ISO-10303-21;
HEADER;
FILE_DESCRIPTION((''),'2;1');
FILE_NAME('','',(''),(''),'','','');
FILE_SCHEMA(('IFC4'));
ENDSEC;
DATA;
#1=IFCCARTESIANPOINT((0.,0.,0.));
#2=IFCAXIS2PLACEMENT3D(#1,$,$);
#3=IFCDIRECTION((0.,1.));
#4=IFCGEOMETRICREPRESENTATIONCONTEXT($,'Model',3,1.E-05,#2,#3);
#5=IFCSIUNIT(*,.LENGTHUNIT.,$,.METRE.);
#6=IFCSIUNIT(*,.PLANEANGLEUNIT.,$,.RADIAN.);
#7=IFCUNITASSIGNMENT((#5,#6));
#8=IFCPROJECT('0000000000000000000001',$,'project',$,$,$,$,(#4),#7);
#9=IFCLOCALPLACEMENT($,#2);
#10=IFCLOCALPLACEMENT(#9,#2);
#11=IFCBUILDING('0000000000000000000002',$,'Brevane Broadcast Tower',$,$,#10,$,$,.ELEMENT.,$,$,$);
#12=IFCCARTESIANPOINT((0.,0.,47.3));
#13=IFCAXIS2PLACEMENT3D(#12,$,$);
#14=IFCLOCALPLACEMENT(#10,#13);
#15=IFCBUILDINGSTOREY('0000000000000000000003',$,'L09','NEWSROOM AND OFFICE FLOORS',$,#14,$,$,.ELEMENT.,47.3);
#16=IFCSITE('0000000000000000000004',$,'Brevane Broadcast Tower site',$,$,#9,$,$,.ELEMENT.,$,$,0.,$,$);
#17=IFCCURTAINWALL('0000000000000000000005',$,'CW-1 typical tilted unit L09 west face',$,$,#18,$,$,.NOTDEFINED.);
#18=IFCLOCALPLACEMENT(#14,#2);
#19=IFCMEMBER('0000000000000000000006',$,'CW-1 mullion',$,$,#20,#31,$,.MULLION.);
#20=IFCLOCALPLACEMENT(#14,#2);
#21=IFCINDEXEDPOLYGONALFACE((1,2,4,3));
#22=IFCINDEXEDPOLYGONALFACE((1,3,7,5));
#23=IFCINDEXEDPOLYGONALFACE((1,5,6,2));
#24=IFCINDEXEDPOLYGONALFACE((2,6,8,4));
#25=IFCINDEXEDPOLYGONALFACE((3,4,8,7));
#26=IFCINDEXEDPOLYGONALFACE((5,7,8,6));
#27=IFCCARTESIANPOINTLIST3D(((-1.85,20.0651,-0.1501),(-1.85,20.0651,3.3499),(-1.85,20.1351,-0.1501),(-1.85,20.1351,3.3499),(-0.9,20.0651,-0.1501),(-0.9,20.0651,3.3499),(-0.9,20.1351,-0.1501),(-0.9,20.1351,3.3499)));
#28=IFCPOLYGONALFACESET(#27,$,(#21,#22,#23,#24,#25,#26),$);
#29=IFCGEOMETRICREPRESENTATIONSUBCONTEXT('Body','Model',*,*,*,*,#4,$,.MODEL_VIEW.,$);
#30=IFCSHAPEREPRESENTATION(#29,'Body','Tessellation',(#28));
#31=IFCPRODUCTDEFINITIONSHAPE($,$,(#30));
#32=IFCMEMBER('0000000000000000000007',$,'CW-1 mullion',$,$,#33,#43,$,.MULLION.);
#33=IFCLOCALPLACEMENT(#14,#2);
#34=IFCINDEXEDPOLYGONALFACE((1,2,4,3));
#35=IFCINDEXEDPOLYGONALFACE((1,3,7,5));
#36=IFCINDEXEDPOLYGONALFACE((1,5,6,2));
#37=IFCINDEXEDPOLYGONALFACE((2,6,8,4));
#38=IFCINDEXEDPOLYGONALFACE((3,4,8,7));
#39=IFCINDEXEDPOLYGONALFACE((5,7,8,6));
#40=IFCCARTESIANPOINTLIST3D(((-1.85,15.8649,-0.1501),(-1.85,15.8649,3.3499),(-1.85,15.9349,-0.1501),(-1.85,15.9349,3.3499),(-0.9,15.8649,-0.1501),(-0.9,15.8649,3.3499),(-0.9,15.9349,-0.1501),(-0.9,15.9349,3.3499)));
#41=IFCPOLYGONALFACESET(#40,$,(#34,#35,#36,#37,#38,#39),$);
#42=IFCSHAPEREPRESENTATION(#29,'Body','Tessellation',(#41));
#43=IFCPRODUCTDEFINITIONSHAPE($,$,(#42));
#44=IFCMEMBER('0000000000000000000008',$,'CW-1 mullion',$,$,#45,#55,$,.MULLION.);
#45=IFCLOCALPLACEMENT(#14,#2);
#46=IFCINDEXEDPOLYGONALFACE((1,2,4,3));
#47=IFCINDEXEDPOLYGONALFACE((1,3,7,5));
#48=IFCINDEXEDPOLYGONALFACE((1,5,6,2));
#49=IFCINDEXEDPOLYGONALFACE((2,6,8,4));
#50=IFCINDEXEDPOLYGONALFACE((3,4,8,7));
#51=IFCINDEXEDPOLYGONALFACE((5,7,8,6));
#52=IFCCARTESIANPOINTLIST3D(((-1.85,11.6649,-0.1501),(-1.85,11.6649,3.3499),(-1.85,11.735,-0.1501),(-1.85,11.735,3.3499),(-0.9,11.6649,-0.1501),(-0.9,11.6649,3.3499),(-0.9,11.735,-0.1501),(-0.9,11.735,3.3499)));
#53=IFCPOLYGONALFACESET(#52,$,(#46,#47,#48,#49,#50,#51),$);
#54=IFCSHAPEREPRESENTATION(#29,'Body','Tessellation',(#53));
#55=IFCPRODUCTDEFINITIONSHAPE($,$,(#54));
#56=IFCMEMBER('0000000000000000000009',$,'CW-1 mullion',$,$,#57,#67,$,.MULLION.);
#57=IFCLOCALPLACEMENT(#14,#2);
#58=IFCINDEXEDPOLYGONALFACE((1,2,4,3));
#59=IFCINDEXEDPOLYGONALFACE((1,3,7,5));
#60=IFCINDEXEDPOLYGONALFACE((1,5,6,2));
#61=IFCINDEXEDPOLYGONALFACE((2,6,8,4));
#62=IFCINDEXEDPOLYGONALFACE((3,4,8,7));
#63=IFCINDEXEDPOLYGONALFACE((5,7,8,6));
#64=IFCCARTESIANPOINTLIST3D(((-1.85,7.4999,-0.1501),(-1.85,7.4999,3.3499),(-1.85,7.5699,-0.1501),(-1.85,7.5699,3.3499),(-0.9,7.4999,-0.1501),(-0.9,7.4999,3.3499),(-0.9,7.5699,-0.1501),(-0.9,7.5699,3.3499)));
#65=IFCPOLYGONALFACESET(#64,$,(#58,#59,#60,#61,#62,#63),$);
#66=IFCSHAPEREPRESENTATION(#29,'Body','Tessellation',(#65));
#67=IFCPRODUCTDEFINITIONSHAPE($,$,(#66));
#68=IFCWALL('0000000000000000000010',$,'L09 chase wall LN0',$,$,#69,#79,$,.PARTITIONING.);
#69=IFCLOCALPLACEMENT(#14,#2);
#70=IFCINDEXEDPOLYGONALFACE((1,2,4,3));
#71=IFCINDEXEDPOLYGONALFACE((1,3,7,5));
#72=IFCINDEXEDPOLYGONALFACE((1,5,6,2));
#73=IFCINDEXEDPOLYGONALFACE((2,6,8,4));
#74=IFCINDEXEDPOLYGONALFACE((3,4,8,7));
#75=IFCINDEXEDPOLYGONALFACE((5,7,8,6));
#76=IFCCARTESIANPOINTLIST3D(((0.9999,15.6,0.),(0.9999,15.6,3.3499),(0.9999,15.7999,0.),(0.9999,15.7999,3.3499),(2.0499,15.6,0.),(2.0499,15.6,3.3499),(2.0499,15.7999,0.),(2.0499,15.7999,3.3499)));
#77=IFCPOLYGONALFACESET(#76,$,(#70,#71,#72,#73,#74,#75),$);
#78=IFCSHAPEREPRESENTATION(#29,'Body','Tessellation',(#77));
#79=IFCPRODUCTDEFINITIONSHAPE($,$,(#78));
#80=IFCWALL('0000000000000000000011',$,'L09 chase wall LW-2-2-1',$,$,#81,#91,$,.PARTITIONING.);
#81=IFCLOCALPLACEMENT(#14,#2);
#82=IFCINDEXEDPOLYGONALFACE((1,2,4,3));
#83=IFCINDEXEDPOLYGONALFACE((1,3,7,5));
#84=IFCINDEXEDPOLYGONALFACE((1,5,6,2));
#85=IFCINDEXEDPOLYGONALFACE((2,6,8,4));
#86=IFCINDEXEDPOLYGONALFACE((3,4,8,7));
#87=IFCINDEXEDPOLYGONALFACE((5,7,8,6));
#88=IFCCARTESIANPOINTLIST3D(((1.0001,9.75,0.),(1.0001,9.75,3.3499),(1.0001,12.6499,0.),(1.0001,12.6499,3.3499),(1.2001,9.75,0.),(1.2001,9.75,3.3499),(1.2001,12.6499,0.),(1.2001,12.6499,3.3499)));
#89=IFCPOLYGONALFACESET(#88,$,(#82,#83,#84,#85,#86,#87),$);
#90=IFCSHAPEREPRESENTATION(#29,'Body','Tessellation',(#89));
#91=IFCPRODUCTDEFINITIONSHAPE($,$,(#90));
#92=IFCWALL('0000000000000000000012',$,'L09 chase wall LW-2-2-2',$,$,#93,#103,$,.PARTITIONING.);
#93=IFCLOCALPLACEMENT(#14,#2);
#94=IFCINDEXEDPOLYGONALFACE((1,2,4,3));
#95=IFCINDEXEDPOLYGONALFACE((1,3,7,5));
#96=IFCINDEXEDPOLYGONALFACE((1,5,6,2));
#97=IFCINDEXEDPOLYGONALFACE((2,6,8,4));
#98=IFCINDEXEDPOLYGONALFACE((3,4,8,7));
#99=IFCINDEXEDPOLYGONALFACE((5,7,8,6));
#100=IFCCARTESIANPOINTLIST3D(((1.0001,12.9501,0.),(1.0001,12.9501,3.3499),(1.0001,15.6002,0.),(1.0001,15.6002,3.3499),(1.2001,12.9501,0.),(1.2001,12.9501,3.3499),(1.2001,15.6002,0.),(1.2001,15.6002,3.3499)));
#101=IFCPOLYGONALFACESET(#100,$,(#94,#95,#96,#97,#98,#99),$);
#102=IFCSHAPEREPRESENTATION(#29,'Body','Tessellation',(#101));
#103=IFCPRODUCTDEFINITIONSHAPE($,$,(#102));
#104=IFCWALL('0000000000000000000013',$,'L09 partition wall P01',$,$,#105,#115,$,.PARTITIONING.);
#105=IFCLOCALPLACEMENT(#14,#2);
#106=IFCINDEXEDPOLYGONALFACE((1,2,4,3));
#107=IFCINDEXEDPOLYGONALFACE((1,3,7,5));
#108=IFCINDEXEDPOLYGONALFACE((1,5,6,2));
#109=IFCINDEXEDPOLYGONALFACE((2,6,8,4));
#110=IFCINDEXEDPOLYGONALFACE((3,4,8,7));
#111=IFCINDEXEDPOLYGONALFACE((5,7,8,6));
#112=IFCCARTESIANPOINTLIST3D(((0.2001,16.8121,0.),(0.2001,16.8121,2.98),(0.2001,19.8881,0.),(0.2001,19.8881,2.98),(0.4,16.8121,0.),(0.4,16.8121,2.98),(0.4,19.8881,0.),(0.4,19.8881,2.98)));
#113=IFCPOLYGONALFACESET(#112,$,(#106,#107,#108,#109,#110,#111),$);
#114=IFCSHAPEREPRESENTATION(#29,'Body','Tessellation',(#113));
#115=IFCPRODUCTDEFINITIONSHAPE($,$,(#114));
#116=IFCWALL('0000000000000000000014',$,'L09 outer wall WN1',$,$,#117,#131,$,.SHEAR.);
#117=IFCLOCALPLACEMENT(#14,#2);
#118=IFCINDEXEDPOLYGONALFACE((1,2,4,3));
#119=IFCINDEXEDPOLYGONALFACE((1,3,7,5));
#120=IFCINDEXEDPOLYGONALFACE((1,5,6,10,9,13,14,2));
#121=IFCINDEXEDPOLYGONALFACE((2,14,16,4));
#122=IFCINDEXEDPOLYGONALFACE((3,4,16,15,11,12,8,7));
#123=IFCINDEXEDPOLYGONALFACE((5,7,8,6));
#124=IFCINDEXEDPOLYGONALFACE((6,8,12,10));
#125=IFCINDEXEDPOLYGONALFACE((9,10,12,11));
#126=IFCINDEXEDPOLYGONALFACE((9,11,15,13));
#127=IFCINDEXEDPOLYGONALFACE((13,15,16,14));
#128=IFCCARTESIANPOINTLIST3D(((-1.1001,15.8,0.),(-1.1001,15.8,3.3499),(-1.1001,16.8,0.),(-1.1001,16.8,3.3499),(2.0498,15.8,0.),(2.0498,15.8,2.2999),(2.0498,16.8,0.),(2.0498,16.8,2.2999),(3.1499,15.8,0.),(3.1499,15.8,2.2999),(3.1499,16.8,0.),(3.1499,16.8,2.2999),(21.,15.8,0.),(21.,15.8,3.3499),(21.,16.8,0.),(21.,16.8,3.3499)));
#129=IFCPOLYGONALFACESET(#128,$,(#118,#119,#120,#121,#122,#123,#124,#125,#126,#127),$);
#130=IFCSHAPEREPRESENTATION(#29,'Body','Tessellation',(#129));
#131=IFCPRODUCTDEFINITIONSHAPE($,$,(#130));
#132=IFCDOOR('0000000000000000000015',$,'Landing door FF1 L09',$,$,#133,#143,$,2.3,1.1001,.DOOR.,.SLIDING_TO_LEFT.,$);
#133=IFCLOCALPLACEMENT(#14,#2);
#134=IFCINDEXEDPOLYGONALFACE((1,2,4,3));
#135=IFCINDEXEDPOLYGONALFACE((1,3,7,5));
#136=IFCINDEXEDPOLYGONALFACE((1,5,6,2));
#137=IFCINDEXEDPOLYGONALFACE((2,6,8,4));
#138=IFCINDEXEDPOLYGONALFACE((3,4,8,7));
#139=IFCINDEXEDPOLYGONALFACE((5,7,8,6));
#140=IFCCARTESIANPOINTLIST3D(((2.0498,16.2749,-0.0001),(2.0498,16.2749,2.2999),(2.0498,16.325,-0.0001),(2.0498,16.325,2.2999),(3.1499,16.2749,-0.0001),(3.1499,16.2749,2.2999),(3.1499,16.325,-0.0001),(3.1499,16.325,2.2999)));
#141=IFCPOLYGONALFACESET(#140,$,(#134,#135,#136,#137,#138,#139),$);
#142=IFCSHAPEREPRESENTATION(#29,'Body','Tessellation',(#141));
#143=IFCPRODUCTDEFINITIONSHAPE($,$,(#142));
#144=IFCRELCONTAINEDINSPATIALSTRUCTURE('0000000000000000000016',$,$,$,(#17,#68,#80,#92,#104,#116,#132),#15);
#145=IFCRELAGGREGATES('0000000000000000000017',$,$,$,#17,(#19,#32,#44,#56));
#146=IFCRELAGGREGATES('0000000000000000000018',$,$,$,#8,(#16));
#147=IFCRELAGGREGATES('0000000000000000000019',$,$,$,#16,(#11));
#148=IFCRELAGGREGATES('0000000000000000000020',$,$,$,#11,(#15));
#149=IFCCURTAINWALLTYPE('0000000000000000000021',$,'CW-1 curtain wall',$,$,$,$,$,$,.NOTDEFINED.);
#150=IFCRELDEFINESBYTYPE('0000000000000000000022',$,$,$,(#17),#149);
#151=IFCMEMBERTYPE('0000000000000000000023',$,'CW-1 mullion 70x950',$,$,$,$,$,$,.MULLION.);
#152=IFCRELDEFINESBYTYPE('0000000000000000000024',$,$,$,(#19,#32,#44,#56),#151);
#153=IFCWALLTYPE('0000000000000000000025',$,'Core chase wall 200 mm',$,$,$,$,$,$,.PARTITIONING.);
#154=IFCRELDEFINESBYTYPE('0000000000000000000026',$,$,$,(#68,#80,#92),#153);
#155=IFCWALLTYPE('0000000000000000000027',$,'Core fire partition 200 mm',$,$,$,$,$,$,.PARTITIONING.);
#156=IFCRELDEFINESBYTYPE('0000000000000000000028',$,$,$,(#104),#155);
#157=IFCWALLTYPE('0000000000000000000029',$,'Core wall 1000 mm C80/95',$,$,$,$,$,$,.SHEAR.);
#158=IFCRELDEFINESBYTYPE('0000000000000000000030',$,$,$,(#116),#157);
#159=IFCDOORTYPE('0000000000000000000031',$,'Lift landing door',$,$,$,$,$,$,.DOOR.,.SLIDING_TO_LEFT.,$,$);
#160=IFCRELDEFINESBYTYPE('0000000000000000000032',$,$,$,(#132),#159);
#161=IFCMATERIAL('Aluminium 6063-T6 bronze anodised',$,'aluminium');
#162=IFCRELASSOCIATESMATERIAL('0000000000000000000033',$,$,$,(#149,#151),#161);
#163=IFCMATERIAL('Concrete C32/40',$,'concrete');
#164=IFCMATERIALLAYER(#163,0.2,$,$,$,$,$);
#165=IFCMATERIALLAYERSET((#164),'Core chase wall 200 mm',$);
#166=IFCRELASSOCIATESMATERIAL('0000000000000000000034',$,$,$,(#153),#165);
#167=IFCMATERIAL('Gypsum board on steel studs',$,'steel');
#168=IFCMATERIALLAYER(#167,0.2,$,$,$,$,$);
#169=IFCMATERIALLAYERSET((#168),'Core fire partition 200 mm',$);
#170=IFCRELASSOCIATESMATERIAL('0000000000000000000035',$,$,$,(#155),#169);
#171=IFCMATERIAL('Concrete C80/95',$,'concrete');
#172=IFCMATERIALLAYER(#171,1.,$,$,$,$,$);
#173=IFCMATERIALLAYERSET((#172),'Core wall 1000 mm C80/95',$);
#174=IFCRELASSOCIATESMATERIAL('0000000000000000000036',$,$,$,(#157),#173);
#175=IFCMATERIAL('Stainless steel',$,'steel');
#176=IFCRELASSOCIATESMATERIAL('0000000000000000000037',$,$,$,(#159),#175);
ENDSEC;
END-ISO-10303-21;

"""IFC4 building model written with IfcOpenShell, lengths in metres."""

from ifc_helpers import new_model, si_unit, direction, frame, frame_2d, origin, origin_2d, place, context, subcontext, project, spatial, rectangle, extrude, material, layer, layer_set, material_profile, profile_set, type_object, element, fill, aggregate, save


model = new_model("IFC4")

# Units and contexts
model_context = context("Model", 3, precision=1e-05, world=origin(), true_north=direction((0.0, 1.0)))
body_context = subcontext(model_context, "Body", "Model", "MODEL_VIEW")
ifc_project = project(units=[si_unit("LENGTHUNIT", "METRE"), si_unit("PLANEANGLEUNIT", "RADIAN")], contexts=[model_context])

# Site, building, storey
site_placement = place(None, origin())
site = spatial("IfcSite", under=ifc_project, at=site_placement, Name="Brevane Broadcast Tower site", CompositionType="ELEMENT", RefElevation=0.0)
building_placement = place(site_placement, origin())
building = spatial("IfcBuilding", under=site, at=building_placement, Name="Brevane Broadcast Tower", CompositionType="ELEMENT")
storey_placement = place(building_placement, frame((0.0, 0.0, 47.3)))
storey = spatial("IfcBuildingStorey", under=building, at=storey_placement, Name="L09", Description="NEWSROOM AND OFFICE FLOORS", CompositionType="ELEMENT", Elevation=47.3)

# Curtain wall, members
ifc_material_1 = material(Name="Aluminium 6063-T6 bronze anodised", Category="aluminium")
curtain_wall_type = type_object("IfcCurtainWallType", Name="CW-1 curtain wall", PredefinedType="NOTDEFINED", material=ifc_material_1)
curtain_wall_placement = place(storey_placement, origin())
curtain_wall = element("IfcCurtainWall", 1, at=curtain_wall_placement, inside=storey, type_object=curtain_wall_type, Name="CW-1 typical tilted unit L09 west face", PredefinedType="NOTDEFINED")
ifc_material_profile = material_profile(ifc_material_1, rectangle(XDim=0.95, YDim=0.0701, at=origin_2d()), Name="RECT 70x950")
ifc_profile_set = profile_set([ifc_material_profile], Name="Aluminium 6063-T6 bronze anodised")
member_type = type_object("IfcMemberType", Name="CW-1 mullion 70x950", PredefinedType="MULLION", material=ifc_profile_set)
member_1_placement = place(storey_placement, frame((-1.375, 20.1001, -0.1501), z_axis=(0.0, 0.0, 1.0), x_axis=(1.0, 0.0, 0.0)))
member_1 = element("IfcMember", 2, at=member_1_placement, type_object=member_type, Name="CW-1 mullion", PredefinedType="MULLION", context=body_context, shape_type="SweptSolid", body=[
    extrude(rectangle(XDim=0.95, YDim=0.0701, at=origin_2d()), origin(), (0.0, 0.0, 1.0), 3.5),
])
member_2_placement = place(storey_placement, frame((-1.375, 15.8999, -0.1501), z_axis=(0.0, 0.0, 1.0), x_axis=(1.0, 0.0, 0.0)))
member_2 = element("IfcMember", 3, at=member_2_placement, type_object=member_type, Name="CW-1 mullion", PredefinedType="MULLION", context=body_context, shape_type="SweptSolid", body=[
    extrude(rectangle(XDim=0.95, YDim=0.0701, at=origin_2d()), origin(), (0.0, 0.0, 1.0), 3.5),
])
member_3_placement = place(storey_placement, frame((-1.375, 11.7, -0.1501), z_axis=(0.0, 0.0, 1.0), x_axis=(1.0, 0.0, 0.0)))
member_3 = element("IfcMember", 4, at=member_3_placement, type_object=member_type, Name="CW-1 mullion", PredefinedType="MULLION", context=body_context, shape_type="SweptSolid", body=[
    extrude(rectangle(XDim=0.95, YDim=0.0701, at=origin_2d()), origin(), (0.0, 0.0, 1.0), 3.5),
])
member_4_placement = place(storey_placement, frame((-1.375, 7.5349, -0.1501), z_axis=(0.0, 0.0, 1.0), x_axis=(1.0, 0.0, 0.0)))
member_4 = element("IfcMember", 5, at=member_4_placement, type_object=member_type, Name="CW-1 mullion", PredefinedType="MULLION", context=body_context, shape_type="SweptSolid", body=[
    extrude(rectangle(XDim=0.95, YDim=0.0701, at=origin_2d()), origin(), (0.0, 0.0, 1.0), 3.5),
])
aggregate(curtain_wall, [member_1, member_2, member_3, member_4])

# Walls
ifc_material_2 = material(Name="Concrete C32/40", Category="concrete")
ifc_layer_1 = layer(ifc_material_2, 0.2)
ifc_layer_set_1 = layer_set([ifc_layer_1], Name="Core chase wall 200 mm")
wall_type_1 = type_object("IfcWallType", Name="Core chase wall 200 mm", PredefinedType="PARTITIONING", material=ifc_layer_set_1)
wall_1_placement = place(storey_placement, frame((1.0, 15.7, 0.0), z_axis=(0.0, 0.0, 1.0), x_axis=(1.0, 0.0, 0.0)))
element("IfcWall", 6, at=wall_1_placement, inside=storey, type_object=wall_type_1, Name="L09 chase wall LN0", PredefinedType="PARTITIONING", context=body_context, shape_type="SweptSolid", body=[
    extrude(rectangle(XDim=1.05, YDim=0.2, at=frame_2d((0.5249, 0.0))), origin(), (0.0, 0.0, 1.0), 3.3499),
])
wall_2_placement = place(storey_placement, frame((1.1001, 9.75, 0.0), z_axis=(0.0, 0.0, 1.0), x_axis=(0.0, 1.0, 0.0)))
element("IfcWall", 7, at=wall_2_placement, inside=storey, type_object=wall_type_1, Name="L09 chase wall LW-2-2-1", PredefinedType="PARTITIONING", context=body_context, shape_type="SweptSolid", body=[
    extrude(rectangle(XDim=2.8999, YDim=0.2, at=frame_2d((1.45, 0.0))), origin(), (0.0, 0.0, 1.0), 3.3499),
])
wall_3_placement = place(storey_placement, frame((1.1001, 12.95, 0.0), z_axis=(0.0, 0.0, 1.0), x_axis=(0.0, 1.0, 0.0)))
element("IfcWall", 8, at=wall_3_placement, inside=storey, type_object=wall_type_1, Name="L09 chase wall LW-2-2-2", PredefinedType="PARTITIONING", context=body_context, shape_type="SweptSolid", body=[
    extrude(rectangle(XDim=2.6501, YDim=0.2, at=frame_2d((1.3252, 0.0))), origin(), (0.0, 0.0, 1.0), 3.3499),
])
ifc_material_3 = material(Name="Gypsum board on steel studs", Category="steel")
ifc_layer_2 = layer(ifc_material_3, 0.2)
ifc_layer_set_2 = layer_set([ifc_layer_2], Name="Core fire partition 200 mm")
wall_type_2 = type_object("IfcWallType", Name="Core fire partition 200 mm", PredefinedType="PARTITIONING", material=ifc_layer_set_2)
wall_4_placement = place(storey_placement, frame((0.3, 16.812, 0.0), z_axis=(0.0, 0.0, 1.0), x_axis=(0.0, 1.0, 0.0)))
element("IfcWall", 9, at=wall_4_placement, inside=storey, type_object=wall_type_2, Name="L09 partition wall P01", PredefinedType="PARTITIONING", context=body_context, shape_type="SweptSolid", body=[
    extrude(rectangle(XDim=3.0759, YDim=0.2, at=frame_2d((1.5381, 0.0))), origin(), (0.0, 0.0, 1.0), 2.98),
])

# Wall, opening, door
ifc_material_4 = material(Name="Concrete C80/95", Category="concrete")
ifc_layer_3 = layer(ifc_material_4, 1.0)
ifc_layer_set_3 = layer_set([ifc_layer_3], Name="Core wall 1000 mm C80/95")
wall_type_3 = type_object("IfcWallType", Name="Core wall 1000 mm C80/95", PredefinedType="SHEAR", material=ifc_layer_set_3)
wall_5_placement = place(storey_placement, frame((-1.1001, 16.3, 0.0), z_axis=(0.0, 0.0, 1.0), x_axis=(1.0, 0.0, 0.0)))
wall_5 = element("IfcWall", 10, at=wall_5_placement, inside=storey, type_object=wall_type_3, Name="L09 outer wall WN1", PredefinedType="SHEAR", context=body_context, shape_type="SweptSolid", body=[
    extrude(rectangle(XDim=22.1001, YDim=1.0, at=frame_2d((11.05, 0.0))), origin(), (0.0, 0.0, 1.0), 3.3499),
])
opening_1_placement = place(wall_5_placement, frame((3.1499, 0.0, 0.0)))
opening_1 = element("IfcOpeningElement", 11, at=opening_1_placement, cuts=wall_5, PredefinedType="OPENING", context=body_context, shape_type="SweptSolid", body=[
    extrude(rectangle(XDim=1.1001, YDim=2.3, at=frame_2d((0.55, 1.1499))), frame((0.0, 0.51, 0.0), z_axis=(0.0, -1.0, 0.0), x_axis=(1.0, 0.0, 0.0)), (0.0, 0.0, 1.0), 1.02),
])
ifc_material_5 = material(Name="Stainless steel", Category="steel")
door_type = type_object("IfcDoorType", Name="Lift landing door", OperationType="SLIDING_TO_LEFT", PredefinedType="DOOR", material=ifc_material_5)
door_1_placement = place(opening_1_placement, origin())
door_1 = element("IfcDoor", 12, at=door_1_placement, inside=storey, type_object=door_type, Name="Landing door FF1 L09", OperationType="SLIDING_TO_LEFT", OverallHeight=2.3, OverallWidth=1.1001, PredefinedType="DOOR", context=body_context, shape_type="SweptSolid", body=[
    extrude(rectangle(XDim=1.1001, YDim=2.3, at=frame_2d((0.55, 1.1499))), frame((0.0, 0.0249, 0.0), z_axis=(0.0, -1.0, 0.0), x_axis=(1.0, 0.0, 0.0)), (0.0, 0.0, 1.0), 0.05),
])
fill(opening_1, door_1)

save(model, "model.ifc")
